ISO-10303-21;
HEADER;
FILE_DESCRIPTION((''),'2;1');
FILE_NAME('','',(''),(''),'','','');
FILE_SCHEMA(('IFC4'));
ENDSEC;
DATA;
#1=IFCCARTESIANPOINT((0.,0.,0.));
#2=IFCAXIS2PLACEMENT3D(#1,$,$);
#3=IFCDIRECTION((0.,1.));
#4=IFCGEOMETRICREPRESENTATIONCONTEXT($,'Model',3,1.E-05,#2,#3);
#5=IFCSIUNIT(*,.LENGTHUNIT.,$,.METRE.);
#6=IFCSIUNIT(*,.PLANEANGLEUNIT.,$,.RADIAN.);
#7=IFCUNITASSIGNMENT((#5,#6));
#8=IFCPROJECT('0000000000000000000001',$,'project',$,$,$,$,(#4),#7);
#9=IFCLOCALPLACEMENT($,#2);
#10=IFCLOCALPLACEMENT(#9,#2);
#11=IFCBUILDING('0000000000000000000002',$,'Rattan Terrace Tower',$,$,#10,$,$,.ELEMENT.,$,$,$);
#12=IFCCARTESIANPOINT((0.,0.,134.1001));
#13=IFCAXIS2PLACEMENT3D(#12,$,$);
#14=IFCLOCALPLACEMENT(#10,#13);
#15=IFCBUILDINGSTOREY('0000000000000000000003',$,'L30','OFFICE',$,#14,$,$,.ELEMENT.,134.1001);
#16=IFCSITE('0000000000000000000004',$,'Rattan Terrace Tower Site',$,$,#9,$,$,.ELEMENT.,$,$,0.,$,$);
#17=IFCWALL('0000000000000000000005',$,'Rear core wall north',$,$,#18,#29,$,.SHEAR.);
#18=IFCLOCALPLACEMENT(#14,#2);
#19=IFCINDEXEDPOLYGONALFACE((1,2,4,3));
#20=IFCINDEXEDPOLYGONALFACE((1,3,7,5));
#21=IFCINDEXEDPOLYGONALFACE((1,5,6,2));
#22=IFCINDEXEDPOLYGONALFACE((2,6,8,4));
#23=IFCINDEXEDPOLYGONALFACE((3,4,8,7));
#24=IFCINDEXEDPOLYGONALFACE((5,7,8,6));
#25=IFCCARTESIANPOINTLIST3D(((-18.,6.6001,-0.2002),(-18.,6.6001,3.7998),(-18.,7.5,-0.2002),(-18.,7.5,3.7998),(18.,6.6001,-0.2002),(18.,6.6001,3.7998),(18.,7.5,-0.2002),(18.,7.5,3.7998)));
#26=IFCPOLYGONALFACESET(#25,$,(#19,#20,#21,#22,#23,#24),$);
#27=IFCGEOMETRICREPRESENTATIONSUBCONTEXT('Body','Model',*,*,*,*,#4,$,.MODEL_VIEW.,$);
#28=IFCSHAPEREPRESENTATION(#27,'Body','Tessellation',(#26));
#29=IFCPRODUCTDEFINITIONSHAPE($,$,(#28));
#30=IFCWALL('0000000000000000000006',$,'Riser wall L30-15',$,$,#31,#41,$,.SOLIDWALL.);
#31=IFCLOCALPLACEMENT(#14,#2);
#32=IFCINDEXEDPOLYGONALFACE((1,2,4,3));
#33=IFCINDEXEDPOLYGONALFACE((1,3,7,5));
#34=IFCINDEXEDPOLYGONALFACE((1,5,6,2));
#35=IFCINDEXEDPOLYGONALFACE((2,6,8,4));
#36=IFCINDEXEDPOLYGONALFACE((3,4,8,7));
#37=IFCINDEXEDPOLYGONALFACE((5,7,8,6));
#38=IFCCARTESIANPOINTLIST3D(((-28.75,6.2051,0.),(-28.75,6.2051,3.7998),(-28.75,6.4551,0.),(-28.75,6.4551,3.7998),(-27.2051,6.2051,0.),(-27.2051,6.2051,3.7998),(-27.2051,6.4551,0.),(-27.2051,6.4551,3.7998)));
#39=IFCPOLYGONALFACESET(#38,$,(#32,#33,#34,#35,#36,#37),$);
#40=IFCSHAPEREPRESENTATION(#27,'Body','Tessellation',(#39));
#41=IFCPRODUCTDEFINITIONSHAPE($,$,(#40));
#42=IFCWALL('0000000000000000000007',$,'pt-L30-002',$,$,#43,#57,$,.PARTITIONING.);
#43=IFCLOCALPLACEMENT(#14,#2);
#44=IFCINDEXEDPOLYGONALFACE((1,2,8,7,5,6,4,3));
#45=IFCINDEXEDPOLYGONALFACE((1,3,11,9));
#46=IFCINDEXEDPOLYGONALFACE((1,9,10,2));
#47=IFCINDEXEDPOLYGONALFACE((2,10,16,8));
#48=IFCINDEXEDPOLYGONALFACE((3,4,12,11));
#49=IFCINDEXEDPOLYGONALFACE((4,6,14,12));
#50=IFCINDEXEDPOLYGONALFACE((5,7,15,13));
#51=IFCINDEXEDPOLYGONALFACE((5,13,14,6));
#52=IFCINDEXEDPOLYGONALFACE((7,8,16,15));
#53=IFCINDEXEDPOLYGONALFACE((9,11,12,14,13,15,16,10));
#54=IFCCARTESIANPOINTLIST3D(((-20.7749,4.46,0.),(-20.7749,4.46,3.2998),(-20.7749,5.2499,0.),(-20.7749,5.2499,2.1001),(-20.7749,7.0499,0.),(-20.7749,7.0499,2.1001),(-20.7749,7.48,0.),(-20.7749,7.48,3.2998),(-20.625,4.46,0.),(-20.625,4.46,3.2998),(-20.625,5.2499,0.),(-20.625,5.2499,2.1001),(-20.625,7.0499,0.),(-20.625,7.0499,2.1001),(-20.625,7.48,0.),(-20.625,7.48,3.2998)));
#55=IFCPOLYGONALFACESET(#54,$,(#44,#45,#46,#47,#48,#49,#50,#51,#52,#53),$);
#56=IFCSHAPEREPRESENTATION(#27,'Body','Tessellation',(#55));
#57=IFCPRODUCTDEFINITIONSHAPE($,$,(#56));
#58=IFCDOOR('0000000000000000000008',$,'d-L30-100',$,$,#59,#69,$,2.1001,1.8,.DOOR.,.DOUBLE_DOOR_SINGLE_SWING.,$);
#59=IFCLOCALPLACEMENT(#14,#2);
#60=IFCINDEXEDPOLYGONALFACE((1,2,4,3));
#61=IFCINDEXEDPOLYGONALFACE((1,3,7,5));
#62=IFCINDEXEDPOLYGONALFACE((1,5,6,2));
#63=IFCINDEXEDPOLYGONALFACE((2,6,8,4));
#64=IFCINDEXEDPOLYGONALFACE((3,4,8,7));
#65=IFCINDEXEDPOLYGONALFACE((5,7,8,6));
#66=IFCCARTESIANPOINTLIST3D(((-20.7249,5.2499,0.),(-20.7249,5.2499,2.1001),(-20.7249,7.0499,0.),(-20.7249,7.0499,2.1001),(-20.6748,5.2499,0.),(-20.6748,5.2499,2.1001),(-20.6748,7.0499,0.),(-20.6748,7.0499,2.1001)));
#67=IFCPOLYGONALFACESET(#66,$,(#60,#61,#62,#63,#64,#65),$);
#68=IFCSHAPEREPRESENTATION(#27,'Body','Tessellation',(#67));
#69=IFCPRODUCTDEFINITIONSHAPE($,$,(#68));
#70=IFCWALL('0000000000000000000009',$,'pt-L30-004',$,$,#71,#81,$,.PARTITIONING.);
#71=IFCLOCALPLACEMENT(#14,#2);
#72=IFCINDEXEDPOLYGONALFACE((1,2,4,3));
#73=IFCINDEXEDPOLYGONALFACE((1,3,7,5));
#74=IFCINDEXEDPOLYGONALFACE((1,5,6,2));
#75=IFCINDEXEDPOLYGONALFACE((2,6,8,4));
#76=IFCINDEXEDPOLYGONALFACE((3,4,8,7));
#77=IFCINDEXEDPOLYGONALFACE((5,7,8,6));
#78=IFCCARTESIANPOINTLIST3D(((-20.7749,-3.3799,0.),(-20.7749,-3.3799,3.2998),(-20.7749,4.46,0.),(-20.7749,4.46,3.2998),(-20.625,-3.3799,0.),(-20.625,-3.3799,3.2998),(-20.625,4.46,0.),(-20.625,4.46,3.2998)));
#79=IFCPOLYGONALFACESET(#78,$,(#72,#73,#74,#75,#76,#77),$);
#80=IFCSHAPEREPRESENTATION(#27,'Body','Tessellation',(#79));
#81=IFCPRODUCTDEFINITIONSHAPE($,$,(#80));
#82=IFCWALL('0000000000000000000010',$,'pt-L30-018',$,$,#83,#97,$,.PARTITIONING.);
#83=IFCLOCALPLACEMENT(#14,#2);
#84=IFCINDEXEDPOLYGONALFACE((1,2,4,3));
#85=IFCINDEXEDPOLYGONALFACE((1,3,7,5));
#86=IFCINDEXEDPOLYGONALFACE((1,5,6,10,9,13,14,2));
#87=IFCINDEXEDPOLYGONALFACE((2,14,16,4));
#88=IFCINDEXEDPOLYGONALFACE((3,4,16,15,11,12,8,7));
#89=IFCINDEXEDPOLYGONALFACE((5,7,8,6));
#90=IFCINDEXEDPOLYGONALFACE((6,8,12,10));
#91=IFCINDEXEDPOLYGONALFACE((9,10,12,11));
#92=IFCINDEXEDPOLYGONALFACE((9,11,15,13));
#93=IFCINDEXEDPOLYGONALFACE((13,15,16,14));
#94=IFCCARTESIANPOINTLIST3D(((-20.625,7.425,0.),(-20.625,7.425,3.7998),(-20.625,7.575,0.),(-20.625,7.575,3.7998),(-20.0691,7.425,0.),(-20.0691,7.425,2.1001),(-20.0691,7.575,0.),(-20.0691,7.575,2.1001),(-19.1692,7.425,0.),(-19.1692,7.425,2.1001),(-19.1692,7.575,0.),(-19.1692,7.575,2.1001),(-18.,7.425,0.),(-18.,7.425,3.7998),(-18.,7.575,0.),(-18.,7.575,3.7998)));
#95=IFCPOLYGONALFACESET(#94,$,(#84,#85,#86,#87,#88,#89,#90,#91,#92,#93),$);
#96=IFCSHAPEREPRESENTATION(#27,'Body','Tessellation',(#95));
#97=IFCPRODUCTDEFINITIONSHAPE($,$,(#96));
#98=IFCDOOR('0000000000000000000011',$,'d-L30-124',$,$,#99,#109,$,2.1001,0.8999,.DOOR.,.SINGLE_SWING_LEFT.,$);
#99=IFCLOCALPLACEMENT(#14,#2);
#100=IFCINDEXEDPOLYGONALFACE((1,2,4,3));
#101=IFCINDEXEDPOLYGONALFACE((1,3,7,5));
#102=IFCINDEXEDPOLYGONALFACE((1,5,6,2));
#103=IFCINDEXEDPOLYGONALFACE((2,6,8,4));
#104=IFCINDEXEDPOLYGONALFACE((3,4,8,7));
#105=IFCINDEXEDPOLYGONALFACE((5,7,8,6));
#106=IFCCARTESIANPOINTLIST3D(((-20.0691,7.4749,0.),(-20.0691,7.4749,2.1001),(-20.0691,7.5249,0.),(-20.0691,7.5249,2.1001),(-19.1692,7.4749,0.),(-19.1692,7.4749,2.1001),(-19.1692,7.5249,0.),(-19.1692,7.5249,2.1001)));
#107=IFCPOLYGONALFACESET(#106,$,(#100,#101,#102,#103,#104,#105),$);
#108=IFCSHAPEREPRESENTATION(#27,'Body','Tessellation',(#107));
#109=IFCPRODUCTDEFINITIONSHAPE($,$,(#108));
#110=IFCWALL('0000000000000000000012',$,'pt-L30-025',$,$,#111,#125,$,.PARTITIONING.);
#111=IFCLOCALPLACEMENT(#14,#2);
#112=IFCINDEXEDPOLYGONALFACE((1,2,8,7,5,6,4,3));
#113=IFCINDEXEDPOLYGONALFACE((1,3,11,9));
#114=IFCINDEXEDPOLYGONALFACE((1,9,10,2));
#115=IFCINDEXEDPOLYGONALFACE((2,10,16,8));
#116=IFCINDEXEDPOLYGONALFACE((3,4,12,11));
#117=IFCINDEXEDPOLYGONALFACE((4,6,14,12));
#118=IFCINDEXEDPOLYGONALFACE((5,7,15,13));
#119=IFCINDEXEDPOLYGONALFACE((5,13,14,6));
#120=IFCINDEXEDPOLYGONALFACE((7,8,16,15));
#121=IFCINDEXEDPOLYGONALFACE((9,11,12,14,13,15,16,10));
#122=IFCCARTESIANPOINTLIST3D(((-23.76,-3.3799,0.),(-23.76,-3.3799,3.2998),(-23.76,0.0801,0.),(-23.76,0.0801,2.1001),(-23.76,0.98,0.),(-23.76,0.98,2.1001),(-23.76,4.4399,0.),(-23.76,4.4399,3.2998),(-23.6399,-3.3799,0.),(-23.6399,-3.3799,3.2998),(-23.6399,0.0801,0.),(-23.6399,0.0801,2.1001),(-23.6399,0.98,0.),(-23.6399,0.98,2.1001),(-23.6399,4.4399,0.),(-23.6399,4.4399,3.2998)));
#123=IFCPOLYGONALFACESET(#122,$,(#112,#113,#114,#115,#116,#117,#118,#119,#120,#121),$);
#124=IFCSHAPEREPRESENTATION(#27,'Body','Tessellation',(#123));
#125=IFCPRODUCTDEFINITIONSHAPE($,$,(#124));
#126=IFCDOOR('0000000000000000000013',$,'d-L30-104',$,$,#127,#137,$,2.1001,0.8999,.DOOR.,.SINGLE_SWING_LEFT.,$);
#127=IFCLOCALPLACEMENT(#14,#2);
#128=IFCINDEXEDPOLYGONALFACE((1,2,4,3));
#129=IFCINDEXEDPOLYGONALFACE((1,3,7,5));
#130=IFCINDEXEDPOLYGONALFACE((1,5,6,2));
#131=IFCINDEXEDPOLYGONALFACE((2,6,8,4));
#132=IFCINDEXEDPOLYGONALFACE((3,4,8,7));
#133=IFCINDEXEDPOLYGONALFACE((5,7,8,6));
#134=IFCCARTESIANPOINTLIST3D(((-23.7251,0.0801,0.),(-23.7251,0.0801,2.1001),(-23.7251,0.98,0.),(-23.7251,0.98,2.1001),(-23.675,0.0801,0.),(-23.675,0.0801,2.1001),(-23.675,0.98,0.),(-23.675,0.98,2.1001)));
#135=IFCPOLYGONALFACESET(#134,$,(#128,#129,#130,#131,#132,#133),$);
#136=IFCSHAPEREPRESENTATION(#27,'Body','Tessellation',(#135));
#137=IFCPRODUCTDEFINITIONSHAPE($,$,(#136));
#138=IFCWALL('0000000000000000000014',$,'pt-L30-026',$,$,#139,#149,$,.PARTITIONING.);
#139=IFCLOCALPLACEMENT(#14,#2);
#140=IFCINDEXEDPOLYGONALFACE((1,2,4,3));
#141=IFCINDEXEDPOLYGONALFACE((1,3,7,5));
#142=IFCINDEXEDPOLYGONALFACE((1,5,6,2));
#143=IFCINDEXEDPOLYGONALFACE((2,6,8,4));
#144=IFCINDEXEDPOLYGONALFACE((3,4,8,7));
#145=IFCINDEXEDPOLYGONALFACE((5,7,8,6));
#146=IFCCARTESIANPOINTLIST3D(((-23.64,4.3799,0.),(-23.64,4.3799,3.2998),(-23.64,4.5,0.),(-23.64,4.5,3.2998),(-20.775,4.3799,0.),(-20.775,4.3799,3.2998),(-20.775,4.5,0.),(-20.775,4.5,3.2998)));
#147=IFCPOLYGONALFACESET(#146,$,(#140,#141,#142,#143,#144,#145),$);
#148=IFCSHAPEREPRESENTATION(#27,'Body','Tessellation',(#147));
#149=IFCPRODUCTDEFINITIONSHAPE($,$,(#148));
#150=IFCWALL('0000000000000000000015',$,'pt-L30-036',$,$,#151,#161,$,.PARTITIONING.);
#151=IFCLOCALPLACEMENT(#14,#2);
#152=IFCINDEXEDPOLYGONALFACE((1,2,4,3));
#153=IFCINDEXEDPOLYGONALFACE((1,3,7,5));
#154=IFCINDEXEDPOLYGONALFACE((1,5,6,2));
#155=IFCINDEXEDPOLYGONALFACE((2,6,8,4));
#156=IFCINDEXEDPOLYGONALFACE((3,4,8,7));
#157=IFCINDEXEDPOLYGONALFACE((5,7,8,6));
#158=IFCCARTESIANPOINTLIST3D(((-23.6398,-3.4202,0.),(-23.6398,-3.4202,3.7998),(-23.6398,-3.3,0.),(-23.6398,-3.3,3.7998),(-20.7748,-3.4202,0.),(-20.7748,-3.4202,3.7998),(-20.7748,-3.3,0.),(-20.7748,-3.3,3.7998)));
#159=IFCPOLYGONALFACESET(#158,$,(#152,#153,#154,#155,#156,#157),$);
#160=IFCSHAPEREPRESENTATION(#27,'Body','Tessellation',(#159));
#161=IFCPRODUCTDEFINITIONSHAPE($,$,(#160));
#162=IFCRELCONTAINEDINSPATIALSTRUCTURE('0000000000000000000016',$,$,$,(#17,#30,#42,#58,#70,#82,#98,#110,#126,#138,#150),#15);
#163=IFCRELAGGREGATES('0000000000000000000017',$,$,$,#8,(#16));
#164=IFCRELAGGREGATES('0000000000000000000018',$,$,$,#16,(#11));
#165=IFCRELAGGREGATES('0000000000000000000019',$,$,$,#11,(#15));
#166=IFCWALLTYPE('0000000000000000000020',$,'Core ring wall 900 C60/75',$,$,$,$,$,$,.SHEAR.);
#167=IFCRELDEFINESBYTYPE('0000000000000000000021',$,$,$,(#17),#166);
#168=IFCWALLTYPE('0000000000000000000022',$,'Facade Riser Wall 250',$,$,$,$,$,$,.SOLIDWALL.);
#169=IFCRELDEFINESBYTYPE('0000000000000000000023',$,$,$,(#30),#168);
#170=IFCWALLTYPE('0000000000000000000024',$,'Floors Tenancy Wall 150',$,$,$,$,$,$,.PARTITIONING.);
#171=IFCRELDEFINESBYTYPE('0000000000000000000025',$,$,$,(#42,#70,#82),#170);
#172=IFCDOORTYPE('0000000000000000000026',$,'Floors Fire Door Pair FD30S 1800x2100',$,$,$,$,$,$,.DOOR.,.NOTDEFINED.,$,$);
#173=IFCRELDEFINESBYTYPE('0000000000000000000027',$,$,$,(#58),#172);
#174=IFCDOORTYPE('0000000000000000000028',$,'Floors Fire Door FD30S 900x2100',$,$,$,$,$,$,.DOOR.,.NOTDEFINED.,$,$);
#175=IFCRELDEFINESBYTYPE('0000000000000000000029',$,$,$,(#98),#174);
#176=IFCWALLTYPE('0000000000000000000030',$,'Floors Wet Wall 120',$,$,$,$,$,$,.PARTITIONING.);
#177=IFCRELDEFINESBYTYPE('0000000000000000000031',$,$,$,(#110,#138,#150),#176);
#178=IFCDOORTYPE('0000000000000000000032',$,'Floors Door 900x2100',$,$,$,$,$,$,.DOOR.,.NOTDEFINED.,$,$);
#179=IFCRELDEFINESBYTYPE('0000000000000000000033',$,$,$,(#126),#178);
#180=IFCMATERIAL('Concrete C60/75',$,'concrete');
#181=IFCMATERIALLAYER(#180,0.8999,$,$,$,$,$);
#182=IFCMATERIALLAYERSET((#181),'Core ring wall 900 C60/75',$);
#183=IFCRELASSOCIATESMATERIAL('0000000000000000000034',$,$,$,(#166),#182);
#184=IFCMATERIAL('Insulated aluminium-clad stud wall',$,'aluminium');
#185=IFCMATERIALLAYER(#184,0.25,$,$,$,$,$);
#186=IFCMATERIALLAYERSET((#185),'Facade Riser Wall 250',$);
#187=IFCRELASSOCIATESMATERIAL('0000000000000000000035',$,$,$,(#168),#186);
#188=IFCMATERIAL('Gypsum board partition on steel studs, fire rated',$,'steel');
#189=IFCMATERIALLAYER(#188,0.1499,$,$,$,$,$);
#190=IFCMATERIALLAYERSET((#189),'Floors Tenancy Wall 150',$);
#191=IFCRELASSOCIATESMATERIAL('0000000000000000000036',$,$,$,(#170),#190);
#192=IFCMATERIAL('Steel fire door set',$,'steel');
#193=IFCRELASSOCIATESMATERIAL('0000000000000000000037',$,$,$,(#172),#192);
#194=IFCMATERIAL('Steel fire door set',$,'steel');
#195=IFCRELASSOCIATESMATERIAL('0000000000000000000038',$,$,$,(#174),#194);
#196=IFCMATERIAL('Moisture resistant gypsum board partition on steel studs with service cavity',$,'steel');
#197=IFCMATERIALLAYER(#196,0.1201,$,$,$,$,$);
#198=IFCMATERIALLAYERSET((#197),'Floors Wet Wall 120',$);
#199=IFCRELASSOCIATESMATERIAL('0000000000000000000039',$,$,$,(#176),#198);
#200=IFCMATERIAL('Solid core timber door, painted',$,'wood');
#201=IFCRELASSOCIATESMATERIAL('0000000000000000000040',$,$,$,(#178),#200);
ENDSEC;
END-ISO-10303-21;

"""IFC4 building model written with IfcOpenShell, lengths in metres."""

from ifc_helpers import new_model, si_unit, direction, frame, frame_2d, origin, place, context, subcontext, project, spatial, rectangle, extrude, material, layer, layer_set, type_object, element, fill, save


model = new_model("IFC4")

# Units and contexts
model_context = context("Model", 3, precision=1e-05, world=origin(), true_north=direction((0.0, 1.0)))
body_context = subcontext(model_context, "Body", "Model", "MODEL_VIEW")
ifc_project = project(units=[si_unit("LENGTHUNIT", "METRE"), si_unit("PLANEANGLEUNIT", "RADIAN")], contexts=[model_context])

# Site, building, storey
site_placement = place(None, origin())
site = spatial("IfcSite", under=ifc_project, at=site_placement, Name="Rattan Terrace Tower Site", CompositionType="ELEMENT", RefElevation=0.0)
building_placement = place(site_placement, origin())
building = spatial("IfcBuilding", under=site, at=building_placement, Name="Rattan Terrace Tower", CompositionType="ELEMENT")
storey_placement = place(building_placement, frame((0.0, 0.0, 134.1001)))
storey = spatial("IfcBuildingStorey", under=building, at=storey_placement, Name="L30", Description="OFFICE", CompositionType="ELEMENT", Elevation=134.1001)

# Walls
ifc_material_1 = material(Name="Concrete C60/75", Category="concrete")
ifc_layer_1 = layer(ifc_material_1, 0.8999)
ifc_layer_set_1 = layer_set([ifc_layer_1], Name="Core ring wall 900 C60/75")
wall_type_1 = type_object("IfcWallType", Name="Core ring wall 900 C60/75", PredefinedType="SHEAR", material=ifc_layer_set_1)
wall_1_placement = place(storey_placement, frame((-18.0, 7.05, -0.2002), z_axis=(0.0, 0.0, 1.0), x_axis=(1.0, 0.0, 0.0)))
element("IfcWall", 1, at=wall_1_placement, inside=storey, type_object=wall_type_1, Name="Rear core wall north", PredefinedType="SHEAR", context=body_context, shape_type="SweptSolid", body=[
    extrude(rectangle(XDim=36.0, YDim=0.8999, at=frame_2d((18.0, 0.0))), origin(), (0.0, 0.0, 1.0), 4.0),
])
ifc_material_2 = material(Name="Insulated aluminium-clad stud wall", Category="aluminium")
ifc_layer_2 = layer(ifc_material_2, 0.25)
ifc_layer_set_2 = layer_set([ifc_layer_2], Name="Facade Riser Wall 250")
wall_type_2 = type_object("IfcWallType", Name="Facade Riser Wall 250", PredefinedType="SOLIDWALL", material=ifc_layer_set_2)
wall_2_placement = place(storey_placement, frame((-27.2051, 6.3301, 0.0), z_axis=(0.0, 0.0, 1.0), x_axis=(-1.0, 0.0, 0.0)))
element("IfcWall", 2, at=wall_2_placement, inside=storey, type_object=wall_type_2, Name="Riser wall L30-15", PredefinedType="SOLIDWALL", context=body_context, shape_type="SweptSolid", body=[
    extrude(rectangle(XDim=1.5449, YDim=0.25, at=frame_2d((0.7725, 0.0))), origin(), (0.0, 0.0, 1.0), 3.7998),
])

# Wall, opening, door
ifc_material_3 = material(Name="Gypsum board partition on steel studs, fire rated", Category="steel")
ifc_layer_3 = layer(ifc_material_3, 0.1499)
ifc_layer_set_3 = layer_set([ifc_layer_3], Name="Floors Tenancy Wall 150")
wall_type_3 = type_object("IfcWallType", Name="Floors Tenancy Wall 150", PredefinedType="PARTITIONING", material=ifc_layer_set_3)
wall_3_placement = place(storey_placement, frame((-20.7, 4.46, 0.0), z_axis=(0.0, 0.0, 1.0), x_axis=(0.0, 1.0, 0.0)))
wall_3 = element("IfcWall", 3, at=wall_3_placement, inside=storey, type_object=wall_type_3, Name="pt-L30-002", PredefinedType="PARTITIONING", context=body_context, shape_type="SweptSolid", body=[
    extrude(rectangle(XDim=3.02, YDim=0.1499, at=frame_2d((1.51, 0.0))), origin(), (0.0, 0.0, 1.0), 3.2998),
])
opening_1_placement = place(wall_3_placement, frame((0.79, 0.0, 0.0)))
opening_1 = element("IfcOpeningElement", 4, at=opening_1_placement, cuts=wall_3, PredefinedType="OPENING", context=body_context, shape_type="SweptSolid", body=[
    extrude(rectangle(XDim=1.8, YDim=2.1001, at=frame_2d((0.8999, 1.05))), frame((0.0, 0.0854, 0.0), z_axis=(0.0, -1.0, 0.0), x_axis=(1.0, 0.0, 0.0)), (0.0, 0.0, 1.0), 0.1709),
])
ifc_material_4 = material(Name="Steel fire door set", Category="steel")
door_type_1 = type_object("IfcDoorType", Name="Floors Fire Door Pair FD30S 1800x2100", OperationType="NOTDEFINED", PredefinedType="DOOR", material=ifc_material_4)
door_1_placement = place(opening_1_placement, origin())
door_1 = element("IfcDoor", 5, at=door_1_placement, inside=storey, type_object=door_type_1, Name="d-L30-100", OperationType="DOUBLE_DOOR_SINGLE_SWING", OverallHeight=2.1001, OverallWidth=1.8, PredefinedType="DOOR", context=body_context, shape_type="SweptSolid", body=[
    extrude(rectangle(XDim=1.8, YDim=2.1001, at=frame_2d((0.8999, 1.05))), frame((0.0, 0.0249, 0.0), z_axis=(0.0, -1.0, 0.0), x_axis=(1.0, 0.0, 0.0)), (0.0, 0.0, 1.0), 0.05),
])
fill(opening_1, door_1)

# Wall
wall_4_placement = place(storey_placement, frame((-20.7, -3.3799, 0.0), z_axis=(0.0, 0.0, 1.0), x_axis=(0.0, 1.0, 0.0)))
element("IfcWall", 6, at=wall_4_placement, inside=storey, type_object=wall_type_3, Name="pt-L30-004", PredefinedType="PARTITIONING", context=body_context, shape_type="SweptSolid", body=[
    extrude(rectangle(XDim=7.8398, YDim=0.1499, at=frame_2d((3.9199, 0.0))), origin(), (0.0, 0.0, 1.0), 3.2998),
])

# Walls, openings, doors
wall_5_placement = place(storey_placement, frame((-20.625, 7.5, 0.0), z_axis=(0.0, 0.0, 1.0), x_axis=(1.0, 0.0, 0.0)))
wall_5 = element("IfcWall", 7, at=wall_5_placement, inside=storey, type_object=wall_type_3, Name="pt-L30-018", PredefinedType="PARTITIONING", context=body_context, shape_type="SweptSolid", body=[
    extrude(rectangle(XDim=2.625, YDim=0.1499, at=frame_2d((1.3125, 0.0))), origin(), (0.0, 0.0, 1.0), 3.7998),
])
opening_2_placement = place(wall_5_placement, frame((0.5559, 0.0, 0.0)))
opening_2 = element("IfcOpeningElement", 8, at=opening_2_placement, cuts=wall_5, PredefinedType="OPENING", context=body_context, shape_type="SweptSolid", body=[
    extrude(rectangle(XDim=0.8999, YDim=2.1001, at=frame_2d((0.45, 1.05))), frame((0.0, 0.0854, 0.0), z_axis=(0.0, -1.0, 0.0), x_axis=(1.0, 0.0, 0.0)), (0.0, 0.0, 1.0), 0.1709),
])
ifc_material_5 = material(Name="Steel fire door set", Category="steel")
door_type_2 = type_object("IfcDoorType", Name="Floors Fire Door FD30S 900x2100", OperationType="NOTDEFINED", PredefinedType="DOOR", material=ifc_material_5)
door_2_placement = place(opening_2_placement, origin())
door_2 = element("IfcDoor", 9, at=door_2_placement, inside=storey, type_object=door_type_2, Name="d-L30-124", OperationType="SINGLE_SWING_LEFT", OverallHeight=2.1001, OverallWidth=0.8999, PredefinedType="DOOR", context=body_context, shape_type="SweptSolid", body=[
    extrude(rectangle(XDim=0.8999, YDim=2.1001, at=frame_2d((0.45, 1.05))), frame((0.0, 0.0249, 0.0), z_axis=(0.0, -1.0, 0.0), x_axis=(1.0, 0.0, 0.0)), (0.0, 0.0, 1.0), 0.05),
])
fill(opening_2, door_2)
ifc_material_6 = material(Name="Moisture resistant gypsum board partition on steel studs with service cavity", Category="steel")
ifc_layer_4 = layer(ifc_material_6, 0.1201)
ifc_layer_set_4 = layer_set([ifc_layer_4], Name="Floors Wet Wall 120")
wall_type_4 = type_object("IfcWallType", Name="Floors Wet Wall 120", PredefinedType="PARTITIONING", material=ifc_layer_set_4)
wall_6_placement = place(storey_placement, frame((-23.7, 4.4399, 0.0), z_axis=(0.0, 0.0, 1.0), x_axis=(0.0, -1.0, 0.0)))
wall_6 = element("IfcWall", 10, at=wall_6_placement, inside=storey, type_object=wall_type_4, Name="pt-L30-025", PredefinedType="PARTITIONING", context=body_context, shape_type="SweptSolid", body=[
    extrude(rectangle(XDim=7.8198, YDim=0.1201, at=frame_2d((3.9099, 0.0))), origin(), (0.0, 0.0, 1.0), 3.2998),
])
opening_3_placement = place(wall_6_placement, frame((3.46, 0.0, 0.0)))
opening_3 = element("IfcOpeningElement", 11, at=opening_3_placement, cuts=wall_6, PredefinedType="OPENING", context=body_context, shape_type="SweptSolid", body=[
    extrude(rectangle(XDim=0.8999, YDim=2.1001, at=frame_2d((0.45, 1.05))), frame((0.0, 0.0706, 0.0), z_axis=(0.0, -1.0, 0.0), x_axis=(1.0, 0.0, 0.0)), (0.0, 0.0, 1.0), 0.1411),
])
ifc_material_7 = material(Name="Solid core timber door, painted", Category="wood")
door_type_3 = type_object("IfcDoorType", Name="Floors Door 900x2100", OperationType="NOTDEFINED", PredefinedType="DOOR", material=ifc_material_7)
door_3_placement = place(opening_3_placement, origin())
door_3 = element("IfcDoor", 12, at=door_3_placement, inside=storey, type_object=door_type_3, Name="d-L30-104", OperationType="SINGLE_SWING_LEFT", OverallHeight=2.1001, OverallWidth=0.8999, PredefinedType="DOOR", context=body_context, shape_type="SweptSolid", body=[
    extrude(rectangle(XDim=0.8999, YDim=2.1001, at=frame_2d((0.45, 1.05))), frame((0.0, 0.0249, 0.0), z_axis=(0.0, -1.0, 0.0), x_axis=(1.0, 0.0, 0.0)), (0.0, 0.0, 1.0), 0.05),
])
fill(opening_3, door_3)

# Walls
wall_7_placement = place(storey_placement, frame((-20.7749, 4.4399, 0.0), z_axis=(0.0, 0.0, 1.0), x_axis=(-1.0, 0.0, 0.0)))
element("IfcWall", 13, at=wall_7_placement, inside=storey, type_object=wall_type_4, Name="pt-L30-026", PredefinedType="PARTITIONING", context=body_context, shape_type="SweptSolid", body=[
    extrude(rectangle(XDim=2.865, YDim=0.1201, at=frame_2d((1.4326, 0.0))), origin(), (0.0, 0.0, 1.0), 3.2998),
])
wall_8_placement = place(storey_placement, frame((-23.6399, -3.3601, 0.0), z_axis=(0.0, 0.0, 1.0), x_axis=(1.0, 0.0, 0.0)))
element("IfcWall", 14, at=wall_8_placement, inside=storey, type_object=wall_type_4, Name="pt-L30-036", PredefinedType="PARTITIONING", context=body_context, shape_type="SweptSolid", body=[
    extrude(rectangle(XDim=2.865, YDim=0.1201, at=frame_2d((1.4326, 0.0))), origin(), (0.0, 0.0, 1.0), 3.7998),
])

save(model, "model.ifc")
